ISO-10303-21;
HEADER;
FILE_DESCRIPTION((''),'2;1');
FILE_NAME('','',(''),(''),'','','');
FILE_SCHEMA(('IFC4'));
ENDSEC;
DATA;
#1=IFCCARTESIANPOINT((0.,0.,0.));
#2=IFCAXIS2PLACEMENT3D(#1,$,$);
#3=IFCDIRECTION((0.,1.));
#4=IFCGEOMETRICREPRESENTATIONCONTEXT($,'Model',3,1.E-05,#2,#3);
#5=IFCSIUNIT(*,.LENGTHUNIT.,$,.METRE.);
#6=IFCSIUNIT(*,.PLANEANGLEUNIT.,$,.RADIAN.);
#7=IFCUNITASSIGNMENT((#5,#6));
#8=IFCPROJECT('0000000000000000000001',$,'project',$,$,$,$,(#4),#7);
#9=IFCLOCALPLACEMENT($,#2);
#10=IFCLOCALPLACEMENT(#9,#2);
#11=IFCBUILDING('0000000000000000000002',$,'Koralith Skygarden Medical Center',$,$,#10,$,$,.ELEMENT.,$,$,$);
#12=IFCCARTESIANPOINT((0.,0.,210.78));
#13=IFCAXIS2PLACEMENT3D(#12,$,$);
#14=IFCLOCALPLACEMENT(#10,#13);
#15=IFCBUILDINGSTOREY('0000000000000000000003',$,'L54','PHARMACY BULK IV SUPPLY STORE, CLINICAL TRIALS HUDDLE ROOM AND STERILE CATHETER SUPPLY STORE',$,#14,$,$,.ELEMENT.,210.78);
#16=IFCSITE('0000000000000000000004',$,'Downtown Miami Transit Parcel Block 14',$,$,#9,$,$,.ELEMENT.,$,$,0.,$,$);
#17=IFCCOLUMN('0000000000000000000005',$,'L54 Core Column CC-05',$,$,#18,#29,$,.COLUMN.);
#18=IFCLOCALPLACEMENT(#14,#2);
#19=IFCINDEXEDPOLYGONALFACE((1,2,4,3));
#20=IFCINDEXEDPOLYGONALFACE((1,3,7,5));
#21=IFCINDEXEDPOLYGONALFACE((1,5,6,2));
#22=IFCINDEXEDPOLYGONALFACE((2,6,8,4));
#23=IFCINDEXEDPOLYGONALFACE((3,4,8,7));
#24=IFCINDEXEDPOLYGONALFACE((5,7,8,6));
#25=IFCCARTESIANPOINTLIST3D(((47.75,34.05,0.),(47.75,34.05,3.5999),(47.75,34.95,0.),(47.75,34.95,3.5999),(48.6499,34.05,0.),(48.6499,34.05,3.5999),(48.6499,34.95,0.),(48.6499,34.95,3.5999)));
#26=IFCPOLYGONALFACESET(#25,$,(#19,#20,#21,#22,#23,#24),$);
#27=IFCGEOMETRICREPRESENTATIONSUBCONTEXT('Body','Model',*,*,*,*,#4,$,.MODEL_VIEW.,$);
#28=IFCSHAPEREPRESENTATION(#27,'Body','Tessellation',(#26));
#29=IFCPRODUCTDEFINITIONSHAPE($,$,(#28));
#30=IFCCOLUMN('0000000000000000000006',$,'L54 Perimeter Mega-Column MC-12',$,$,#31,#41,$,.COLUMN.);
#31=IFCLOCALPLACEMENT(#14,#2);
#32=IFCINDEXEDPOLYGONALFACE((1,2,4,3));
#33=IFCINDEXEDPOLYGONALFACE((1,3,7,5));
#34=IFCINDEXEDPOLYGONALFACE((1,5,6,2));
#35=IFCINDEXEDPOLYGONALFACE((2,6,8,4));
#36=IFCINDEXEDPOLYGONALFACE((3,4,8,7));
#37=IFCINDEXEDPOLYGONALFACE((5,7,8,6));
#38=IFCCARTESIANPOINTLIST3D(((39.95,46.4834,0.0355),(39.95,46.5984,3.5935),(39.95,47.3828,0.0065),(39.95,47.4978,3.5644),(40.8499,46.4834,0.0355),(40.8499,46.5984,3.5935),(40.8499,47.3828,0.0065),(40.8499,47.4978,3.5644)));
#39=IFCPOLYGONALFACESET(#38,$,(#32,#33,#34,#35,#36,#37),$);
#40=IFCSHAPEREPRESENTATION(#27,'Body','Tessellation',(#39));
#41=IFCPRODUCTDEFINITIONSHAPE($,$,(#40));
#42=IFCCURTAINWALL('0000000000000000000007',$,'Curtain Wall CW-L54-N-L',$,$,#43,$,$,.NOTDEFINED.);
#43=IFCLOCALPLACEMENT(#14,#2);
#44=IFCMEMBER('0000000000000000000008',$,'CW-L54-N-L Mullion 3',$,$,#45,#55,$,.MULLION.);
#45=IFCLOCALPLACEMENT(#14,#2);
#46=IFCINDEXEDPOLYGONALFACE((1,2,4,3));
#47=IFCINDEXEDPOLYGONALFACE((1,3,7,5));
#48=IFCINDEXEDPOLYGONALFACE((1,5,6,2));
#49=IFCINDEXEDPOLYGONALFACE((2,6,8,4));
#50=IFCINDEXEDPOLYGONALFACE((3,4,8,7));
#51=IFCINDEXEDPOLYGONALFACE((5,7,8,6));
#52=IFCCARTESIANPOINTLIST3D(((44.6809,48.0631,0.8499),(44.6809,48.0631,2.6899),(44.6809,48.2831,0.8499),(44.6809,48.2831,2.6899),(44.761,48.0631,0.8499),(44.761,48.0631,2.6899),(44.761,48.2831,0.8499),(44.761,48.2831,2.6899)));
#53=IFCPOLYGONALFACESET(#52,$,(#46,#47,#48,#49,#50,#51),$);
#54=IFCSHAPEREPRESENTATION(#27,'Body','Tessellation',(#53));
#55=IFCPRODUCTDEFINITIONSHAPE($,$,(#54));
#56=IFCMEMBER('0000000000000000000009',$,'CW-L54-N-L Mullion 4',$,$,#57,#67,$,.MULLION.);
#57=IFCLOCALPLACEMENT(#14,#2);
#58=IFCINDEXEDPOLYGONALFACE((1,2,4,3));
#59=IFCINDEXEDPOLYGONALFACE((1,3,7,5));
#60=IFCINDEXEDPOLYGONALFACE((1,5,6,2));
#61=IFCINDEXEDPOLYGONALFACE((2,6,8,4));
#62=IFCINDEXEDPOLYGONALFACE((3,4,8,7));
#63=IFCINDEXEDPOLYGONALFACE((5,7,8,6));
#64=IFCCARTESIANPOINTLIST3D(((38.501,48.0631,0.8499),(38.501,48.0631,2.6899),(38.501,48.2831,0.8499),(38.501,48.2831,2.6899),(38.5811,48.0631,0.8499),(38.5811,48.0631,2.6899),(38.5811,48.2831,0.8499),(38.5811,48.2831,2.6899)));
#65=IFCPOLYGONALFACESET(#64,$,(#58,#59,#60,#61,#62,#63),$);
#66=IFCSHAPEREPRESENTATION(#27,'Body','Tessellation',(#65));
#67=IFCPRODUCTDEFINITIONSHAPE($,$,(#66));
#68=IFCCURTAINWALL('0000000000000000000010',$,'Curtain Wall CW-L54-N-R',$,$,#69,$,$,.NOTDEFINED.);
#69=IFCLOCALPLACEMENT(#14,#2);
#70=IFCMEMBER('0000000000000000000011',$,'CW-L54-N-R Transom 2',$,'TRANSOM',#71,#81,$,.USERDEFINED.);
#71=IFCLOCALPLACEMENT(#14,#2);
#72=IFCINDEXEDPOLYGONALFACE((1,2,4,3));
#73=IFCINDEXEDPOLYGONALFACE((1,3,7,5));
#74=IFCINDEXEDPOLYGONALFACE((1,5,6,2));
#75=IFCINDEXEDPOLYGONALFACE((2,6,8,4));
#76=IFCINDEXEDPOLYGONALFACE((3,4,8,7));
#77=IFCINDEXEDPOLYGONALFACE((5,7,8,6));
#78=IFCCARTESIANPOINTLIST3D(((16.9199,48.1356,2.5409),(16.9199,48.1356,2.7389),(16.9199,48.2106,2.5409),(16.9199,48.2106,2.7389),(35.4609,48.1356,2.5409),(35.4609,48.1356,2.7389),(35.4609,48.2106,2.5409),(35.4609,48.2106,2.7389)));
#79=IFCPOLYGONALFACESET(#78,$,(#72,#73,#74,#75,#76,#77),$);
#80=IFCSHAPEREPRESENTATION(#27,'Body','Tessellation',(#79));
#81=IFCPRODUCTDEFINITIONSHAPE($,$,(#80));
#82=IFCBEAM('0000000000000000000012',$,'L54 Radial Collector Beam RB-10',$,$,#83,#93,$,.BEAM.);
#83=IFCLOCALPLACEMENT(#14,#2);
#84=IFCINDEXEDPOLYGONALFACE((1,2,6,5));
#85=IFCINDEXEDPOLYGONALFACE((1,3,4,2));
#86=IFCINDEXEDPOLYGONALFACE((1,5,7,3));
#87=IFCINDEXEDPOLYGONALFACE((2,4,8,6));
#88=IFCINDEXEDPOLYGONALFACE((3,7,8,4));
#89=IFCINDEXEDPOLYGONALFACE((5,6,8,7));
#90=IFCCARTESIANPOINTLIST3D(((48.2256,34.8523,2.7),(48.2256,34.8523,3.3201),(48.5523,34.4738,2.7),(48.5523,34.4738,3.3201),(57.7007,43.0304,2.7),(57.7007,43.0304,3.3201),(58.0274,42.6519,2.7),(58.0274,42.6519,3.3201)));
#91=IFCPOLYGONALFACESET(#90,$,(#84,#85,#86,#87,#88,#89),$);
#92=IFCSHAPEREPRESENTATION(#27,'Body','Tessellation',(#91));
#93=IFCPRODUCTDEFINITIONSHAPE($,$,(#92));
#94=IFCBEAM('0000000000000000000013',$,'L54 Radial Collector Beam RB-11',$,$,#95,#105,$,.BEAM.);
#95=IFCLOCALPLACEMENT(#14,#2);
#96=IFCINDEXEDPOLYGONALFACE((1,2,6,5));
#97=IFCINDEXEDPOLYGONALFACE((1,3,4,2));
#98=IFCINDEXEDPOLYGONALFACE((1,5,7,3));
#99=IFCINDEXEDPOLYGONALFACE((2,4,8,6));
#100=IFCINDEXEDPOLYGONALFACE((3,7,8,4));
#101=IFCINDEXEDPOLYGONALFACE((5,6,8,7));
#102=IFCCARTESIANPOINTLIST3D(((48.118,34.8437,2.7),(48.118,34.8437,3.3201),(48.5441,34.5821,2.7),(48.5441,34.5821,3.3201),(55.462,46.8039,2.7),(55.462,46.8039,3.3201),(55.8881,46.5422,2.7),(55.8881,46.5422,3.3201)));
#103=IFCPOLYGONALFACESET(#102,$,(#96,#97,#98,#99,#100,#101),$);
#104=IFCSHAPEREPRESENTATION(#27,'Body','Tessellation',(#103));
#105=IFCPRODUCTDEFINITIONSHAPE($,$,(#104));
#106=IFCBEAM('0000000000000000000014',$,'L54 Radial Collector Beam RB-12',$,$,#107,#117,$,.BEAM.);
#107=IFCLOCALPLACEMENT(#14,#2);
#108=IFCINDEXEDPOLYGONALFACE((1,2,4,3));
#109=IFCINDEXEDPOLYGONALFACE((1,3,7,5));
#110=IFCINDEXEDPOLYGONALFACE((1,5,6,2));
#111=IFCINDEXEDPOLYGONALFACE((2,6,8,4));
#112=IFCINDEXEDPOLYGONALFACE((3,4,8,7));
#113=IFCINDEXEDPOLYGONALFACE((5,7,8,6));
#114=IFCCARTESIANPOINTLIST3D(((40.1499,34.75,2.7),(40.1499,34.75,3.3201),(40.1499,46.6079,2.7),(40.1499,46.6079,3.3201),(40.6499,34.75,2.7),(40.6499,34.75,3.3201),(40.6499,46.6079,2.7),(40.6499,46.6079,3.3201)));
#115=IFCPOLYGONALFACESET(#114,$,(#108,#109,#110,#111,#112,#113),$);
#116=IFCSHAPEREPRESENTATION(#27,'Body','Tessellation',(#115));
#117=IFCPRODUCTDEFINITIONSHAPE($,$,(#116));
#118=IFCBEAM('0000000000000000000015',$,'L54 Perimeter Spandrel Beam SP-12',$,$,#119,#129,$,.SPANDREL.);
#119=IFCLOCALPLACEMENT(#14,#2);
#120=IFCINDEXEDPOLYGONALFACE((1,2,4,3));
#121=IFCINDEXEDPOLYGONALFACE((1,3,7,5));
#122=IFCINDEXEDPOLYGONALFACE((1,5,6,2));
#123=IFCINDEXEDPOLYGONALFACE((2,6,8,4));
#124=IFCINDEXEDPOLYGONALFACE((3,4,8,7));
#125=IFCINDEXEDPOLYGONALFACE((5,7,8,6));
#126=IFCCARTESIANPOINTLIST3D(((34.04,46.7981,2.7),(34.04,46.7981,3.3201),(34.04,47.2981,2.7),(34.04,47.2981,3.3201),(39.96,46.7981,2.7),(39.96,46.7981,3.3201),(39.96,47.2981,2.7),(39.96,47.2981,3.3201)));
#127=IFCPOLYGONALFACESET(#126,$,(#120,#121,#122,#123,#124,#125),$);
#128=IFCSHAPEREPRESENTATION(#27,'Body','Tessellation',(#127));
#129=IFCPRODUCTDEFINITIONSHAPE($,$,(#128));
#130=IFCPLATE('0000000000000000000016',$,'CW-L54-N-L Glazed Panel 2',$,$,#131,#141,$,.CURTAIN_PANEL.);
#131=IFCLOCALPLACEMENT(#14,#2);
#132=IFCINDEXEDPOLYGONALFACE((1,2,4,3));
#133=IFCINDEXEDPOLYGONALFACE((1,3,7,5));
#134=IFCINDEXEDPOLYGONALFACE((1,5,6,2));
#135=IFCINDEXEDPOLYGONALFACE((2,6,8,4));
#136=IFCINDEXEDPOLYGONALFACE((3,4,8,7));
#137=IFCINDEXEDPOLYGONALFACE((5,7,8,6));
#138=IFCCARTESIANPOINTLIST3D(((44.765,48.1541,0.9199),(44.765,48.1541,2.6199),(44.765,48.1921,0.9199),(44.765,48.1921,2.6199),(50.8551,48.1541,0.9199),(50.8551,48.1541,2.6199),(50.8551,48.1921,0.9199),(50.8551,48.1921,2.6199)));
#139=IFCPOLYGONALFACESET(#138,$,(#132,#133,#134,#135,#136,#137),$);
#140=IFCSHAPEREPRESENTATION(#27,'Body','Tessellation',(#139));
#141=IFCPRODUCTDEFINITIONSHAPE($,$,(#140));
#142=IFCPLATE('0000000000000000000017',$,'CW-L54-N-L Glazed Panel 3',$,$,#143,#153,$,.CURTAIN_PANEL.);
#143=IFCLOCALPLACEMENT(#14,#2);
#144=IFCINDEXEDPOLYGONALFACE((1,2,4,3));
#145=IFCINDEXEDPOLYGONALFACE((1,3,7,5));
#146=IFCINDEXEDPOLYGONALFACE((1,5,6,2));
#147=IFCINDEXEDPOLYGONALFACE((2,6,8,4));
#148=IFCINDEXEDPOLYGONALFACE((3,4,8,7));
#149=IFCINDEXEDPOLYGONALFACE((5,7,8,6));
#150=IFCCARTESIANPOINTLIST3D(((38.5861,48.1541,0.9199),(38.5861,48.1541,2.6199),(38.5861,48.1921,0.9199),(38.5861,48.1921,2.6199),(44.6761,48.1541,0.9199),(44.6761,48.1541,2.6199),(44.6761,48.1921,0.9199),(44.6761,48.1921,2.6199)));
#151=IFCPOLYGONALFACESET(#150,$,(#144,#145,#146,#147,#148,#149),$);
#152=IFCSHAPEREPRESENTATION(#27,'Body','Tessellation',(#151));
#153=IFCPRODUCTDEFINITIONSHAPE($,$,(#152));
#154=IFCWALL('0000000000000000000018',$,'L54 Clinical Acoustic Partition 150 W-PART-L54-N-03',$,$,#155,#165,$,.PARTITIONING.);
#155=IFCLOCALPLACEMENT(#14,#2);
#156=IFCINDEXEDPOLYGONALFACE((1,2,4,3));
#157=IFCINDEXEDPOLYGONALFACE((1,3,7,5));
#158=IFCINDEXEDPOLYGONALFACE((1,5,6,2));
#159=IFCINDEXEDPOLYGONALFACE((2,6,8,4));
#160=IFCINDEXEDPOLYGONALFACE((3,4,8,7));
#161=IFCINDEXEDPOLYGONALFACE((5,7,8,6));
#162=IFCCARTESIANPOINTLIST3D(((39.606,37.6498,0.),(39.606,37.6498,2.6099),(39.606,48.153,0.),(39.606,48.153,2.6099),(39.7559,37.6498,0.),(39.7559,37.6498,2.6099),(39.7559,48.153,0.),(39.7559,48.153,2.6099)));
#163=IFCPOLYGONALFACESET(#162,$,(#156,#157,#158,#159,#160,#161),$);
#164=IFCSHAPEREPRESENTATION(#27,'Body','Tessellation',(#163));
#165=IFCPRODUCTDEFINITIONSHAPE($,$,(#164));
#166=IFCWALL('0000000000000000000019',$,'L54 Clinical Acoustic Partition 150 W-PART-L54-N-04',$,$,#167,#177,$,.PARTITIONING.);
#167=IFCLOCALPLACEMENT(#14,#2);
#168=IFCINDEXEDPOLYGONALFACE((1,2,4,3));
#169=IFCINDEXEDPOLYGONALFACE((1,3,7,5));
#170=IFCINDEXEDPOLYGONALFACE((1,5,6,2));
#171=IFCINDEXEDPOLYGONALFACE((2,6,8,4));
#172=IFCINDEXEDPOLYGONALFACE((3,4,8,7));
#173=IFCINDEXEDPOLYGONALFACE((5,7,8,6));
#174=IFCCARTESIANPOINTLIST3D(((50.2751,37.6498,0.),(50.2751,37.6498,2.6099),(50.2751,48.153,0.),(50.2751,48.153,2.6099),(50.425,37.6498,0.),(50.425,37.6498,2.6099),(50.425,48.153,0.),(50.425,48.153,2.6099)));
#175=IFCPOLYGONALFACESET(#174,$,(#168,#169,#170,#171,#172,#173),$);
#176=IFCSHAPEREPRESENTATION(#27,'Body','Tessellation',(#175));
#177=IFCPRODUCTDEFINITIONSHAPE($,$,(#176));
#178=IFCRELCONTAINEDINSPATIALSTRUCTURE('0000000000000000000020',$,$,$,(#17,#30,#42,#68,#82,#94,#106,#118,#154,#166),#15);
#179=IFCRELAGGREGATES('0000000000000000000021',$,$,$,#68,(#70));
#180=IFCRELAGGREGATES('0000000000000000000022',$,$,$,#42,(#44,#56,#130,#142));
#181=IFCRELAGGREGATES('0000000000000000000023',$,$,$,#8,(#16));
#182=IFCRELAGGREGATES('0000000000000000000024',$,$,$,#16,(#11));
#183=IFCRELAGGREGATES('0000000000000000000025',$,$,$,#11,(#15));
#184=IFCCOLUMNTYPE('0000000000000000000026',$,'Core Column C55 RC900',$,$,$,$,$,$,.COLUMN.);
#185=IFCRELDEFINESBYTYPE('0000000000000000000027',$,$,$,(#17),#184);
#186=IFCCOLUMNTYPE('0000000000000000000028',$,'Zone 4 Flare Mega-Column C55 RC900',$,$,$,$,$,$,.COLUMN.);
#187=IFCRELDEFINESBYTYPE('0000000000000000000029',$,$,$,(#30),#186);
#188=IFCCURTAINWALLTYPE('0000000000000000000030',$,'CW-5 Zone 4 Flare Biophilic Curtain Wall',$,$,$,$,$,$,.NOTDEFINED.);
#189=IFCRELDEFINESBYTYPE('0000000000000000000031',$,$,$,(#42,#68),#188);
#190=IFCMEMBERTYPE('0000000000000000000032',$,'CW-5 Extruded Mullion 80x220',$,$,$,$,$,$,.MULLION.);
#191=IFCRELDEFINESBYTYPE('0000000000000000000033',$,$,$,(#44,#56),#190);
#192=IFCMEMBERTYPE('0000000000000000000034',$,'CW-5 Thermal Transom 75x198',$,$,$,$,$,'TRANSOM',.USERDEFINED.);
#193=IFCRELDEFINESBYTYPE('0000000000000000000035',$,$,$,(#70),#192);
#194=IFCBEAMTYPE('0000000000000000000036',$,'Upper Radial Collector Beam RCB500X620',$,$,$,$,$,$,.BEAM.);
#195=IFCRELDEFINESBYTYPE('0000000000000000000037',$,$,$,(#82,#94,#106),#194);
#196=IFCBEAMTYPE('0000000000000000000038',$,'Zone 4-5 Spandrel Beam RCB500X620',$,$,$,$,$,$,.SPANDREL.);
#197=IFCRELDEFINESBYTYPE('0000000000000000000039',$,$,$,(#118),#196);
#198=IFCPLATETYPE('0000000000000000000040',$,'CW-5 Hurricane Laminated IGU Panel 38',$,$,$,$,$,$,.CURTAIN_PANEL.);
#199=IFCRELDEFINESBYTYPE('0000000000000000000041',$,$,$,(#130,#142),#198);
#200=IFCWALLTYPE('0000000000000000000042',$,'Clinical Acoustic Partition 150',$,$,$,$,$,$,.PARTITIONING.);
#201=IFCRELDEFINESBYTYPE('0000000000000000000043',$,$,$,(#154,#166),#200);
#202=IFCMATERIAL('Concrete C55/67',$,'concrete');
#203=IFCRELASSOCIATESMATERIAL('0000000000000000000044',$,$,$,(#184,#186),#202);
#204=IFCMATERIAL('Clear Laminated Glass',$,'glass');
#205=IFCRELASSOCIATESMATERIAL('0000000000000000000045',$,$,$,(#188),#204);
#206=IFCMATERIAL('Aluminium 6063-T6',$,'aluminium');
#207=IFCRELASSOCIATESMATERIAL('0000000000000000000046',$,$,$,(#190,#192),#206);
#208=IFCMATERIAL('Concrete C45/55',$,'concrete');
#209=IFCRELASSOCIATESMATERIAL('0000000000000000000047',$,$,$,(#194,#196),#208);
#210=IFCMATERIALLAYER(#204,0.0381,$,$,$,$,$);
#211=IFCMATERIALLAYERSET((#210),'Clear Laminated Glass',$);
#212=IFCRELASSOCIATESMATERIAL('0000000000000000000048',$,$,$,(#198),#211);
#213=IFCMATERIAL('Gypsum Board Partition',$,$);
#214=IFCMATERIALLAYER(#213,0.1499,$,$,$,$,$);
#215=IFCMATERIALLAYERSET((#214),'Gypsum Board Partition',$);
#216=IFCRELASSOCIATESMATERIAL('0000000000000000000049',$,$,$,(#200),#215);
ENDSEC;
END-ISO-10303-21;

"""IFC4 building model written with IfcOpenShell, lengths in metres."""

from ifc_helpers import new_model, si_unit, direction, frame, frame_2d, origin, origin_2d, place, context, subcontext, project, spatial, rectangle, extrude, material, layer, layer_set, material_profile, profile_set, type_object, element, aggregate, save


model = new_model("IFC4")

# Units and contexts
model_context = context("Model", 3, precision=1e-05, world=origin(), true_north=direction((0.0, 1.0)))
body_context = subcontext(model_context, "Body", "Model", "MODEL_VIEW")
ifc_project = project(units=[si_unit("LENGTHUNIT", "METRE"), si_unit("PLANEANGLEUNIT", "RADIAN")], contexts=[model_context])

# Site, building, storey
site_placement = place(None, origin())
site = spatial("IfcSite", under=ifc_project, at=site_placement, Name="Downtown Miami Transit Parcel Block 14", CompositionType="ELEMENT", RefElevation=0.0)
building_placement = place(site_placement, origin())
building = spatial("IfcBuilding", under=site, at=building_placement, Name="Koralith Skygarden Medical Center", CompositionType="ELEMENT")
storey_placement = place(building_placement, frame((0.0, 0.0, 210.78)))
storey = spatial("IfcBuildingStorey", under=building, at=storey_placement, Name="L54", Description="PHARMACY BULK IV SUPPLY STORE, CLINICAL TRIALS HUDDLE ROOM AND STERILE CATHETER SUPPLY STORE", CompositionType="ELEMENT", Elevation=210.78)

# Columns
ifc_material_1 = material(Name="Concrete C55/67", Category="concrete")
ifc_material_profile_1 = material_profile(ifc_material_1, rectangle(XDim=0.8999, YDim=0.8999, at=origin_2d()), Name="RC900X900")
ifc_profile_set_1 = profile_set([ifc_material_profile_1], Name="Concrete C55/67")
column_type_1 = type_object("IfcColumnType", Name="Core Column C55 RC900", PredefinedType="COLUMN", material=ifc_profile_set_1)
column_1_placement = place(storey_placement, frame((48.2, 34.5, 0.0), z_axis=(0.0, 0.0, 1.0), x_axis=(1.0, 0.0, 0.0)))
element("IfcColumn", 1, at=column_1_placement, inside=storey, type_object=column_type_1, Name="L54 Core Column CC-05", PredefinedType="COLUMN", context=body_context, shape_type="SweptSolid", body=[
    extrude(rectangle(XDim=0.8999, YDim=0.8999, at=origin_2d()), origin(), (0.0, 0.0, 1.0), 3.5999),
])
ifc_material_profile_2 = material_profile(ifc_material_1, rectangle(XDim=0.8999, YDim=0.8999, at=origin_2d()), Name="RC900X900")
ifc_profile_set_2 = profile_set([ifc_material_profile_2], Name="Concrete C55/67")
column_type_2 = type_object("IfcColumnType", Name="Zone 4 Flare Mega-Column C55 RC900", PredefinedType="COLUMN", material=ifc_profile_set_2)
column_2_placement = place(storey_placement, frame((40.3999, 46.9331, 0.021), z_axis=(0.0, 0.032303, 0.999478), x_axis=(-1.0, 0.0, 0.0)))
element("IfcColumn", 2, at=column_2_placement, inside=storey, type_object=column_type_2, Name="L54 Perimeter Mega-Column MC-12", PredefinedType="COLUMN", context=body_context, shape_type="SweptSolid", body=[
    extrude(rectangle(XDim=0.8999, YDim=0.8999, at=origin_2d()), origin(), (0.0, 0.0, 1.0), 3.5598),
])

# Curtain wall, members
ifc_material_2 = material(Name="Clear Laminated Glass", Category="glass")
curtain_wall_type = type_object("IfcCurtainWallType", Name="CW-5 Zone 4 Flare Biophilic Curtain Wall", PredefinedType="NOTDEFINED", material=ifc_material_2)
curtain_wall_1_placement = place(storey_placement, origin())
curtain_wall_1 = element("IfcCurtainWall", 3, at=curtain_wall_1_placement, inside=storey, type_object=curtain_wall_type, Name="Curtain Wall CW-L54-N-L", PredefinedType="NOTDEFINED")
ifc_material_3 = material(Name="Aluminium 6063-T6", Category="aluminium")
ifc_material_profile_3 = material_profile(ifc_material_3, rectangle(XDim=0.0801, YDim=0.22, at=origin_2d()), Name="MUL80X220")
ifc_profile_set_3 = profile_set([ifc_material_profile_3], Name="Aluminium 6063-T6")
member_type_1 = type_object("IfcMemberType", Name="CW-5 Extruded Mullion 80x220", PredefinedType="MULLION", material=ifc_profile_set_3)
member_1_placement = place(storey_placement, frame((44.7209, 48.1731, 0.8499), z_axis=(0.0, 0.0, 1.0), x_axis=(1.0, 0.0, 0.0)))
member_1 = element("IfcMember", 4, at=member_1_placement, type_object=member_type_1, Name="CW-L54-N-L Mullion 3", PredefinedType="MULLION", context=body_context, shape_type="SweptSolid", body=[
    extrude(rectangle(XDim=0.0801, YDim=0.22, at=origin_2d()), origin(), (0.0, 0.0, 1.0), 1.8401),
])
member_2_placement = place(storey_placement, frame((38.541, 48.1731, 0.8499), z_axis=(0.0, 0.0, 1.0), x_axis=(1.0, 0.0, 0.0)))
member_2 = element("IfcMember", 5, at=member_2_placement, type_object=member_type_1, Name="CW-L54-N-L Mullion 4", PredefinedType="MULLION", context=body_context, shape_type="SweptSolid", body=[
    extrude(rectangle(XDim=0.0801, YDim=0.22, at=origin_2d()), origin(), (0.0, 0.0, 1.0), 1.8401),
])

# Curtain wall, member
curtain_wall_2_placement = place(storey_placement, origin())
curtain_wall_2 = element("IfcCurtainWall", 6, at=curtain_wall_2_placement, inside=storey, type_object=curtain_wall_type, Name="Curtain Wall CW-L54-N-R", PredefinedType="NOTDEFINED")
ifc_material_profile_4 = material_profile(ifc_material_3, rectangle(XDim=0.075, YDim=0.198, at=origin_2d()), Name="TRN75X198")
ifc_profile_set_4 = profile_set([ifc_material_profile_4], Name="Aluminium 6063-T6")
member_type_2 = type_object("IfcMemberType", Name="CW-5 Thermal Transom 75x198", ElementType="TRANSOM", PredefinedType="USERDEFINED", material=ifc_profile_set_4)
member_3_placement = place(storey_placement, frame((35.4609, 48.1731, 2.6399), z_axis=(-1.0, 0.0, 0.0), x_axis=(0.0, -1.0, 0.0)))
member_3 = element("IfcMember", 7, at=member_3_placement, type_object=member_type_2, Name="CW-L54-N-R Transom 2", ObjectType="TRANSOM", PredefinedType="USERDEFINED", context=body_context, shape_type="SweptSolid", body=[
    extrude(rectangle(XDim=0.075, YDim=0.198, at=origin_2d()), origin(), (0.0, 0.0, 1.0), 18.541),
])
aggregate(curtain_wall_2, [member_3])

# Beams
ifc_material_4 = material(Name="Concrete C45/55", Category="concrete")
ifc_material_profile_5 = material_profile(ifc_material_4, rectangle(XDim=0.5, YDim=0.6201, at=origin_2d()), Name="RCB500X620")
ifc_profile_set_5 = profile_set([ifc_material_profile_5], Name="Concrete C45/55")
beam_type_1 = type_object("IfcBeamType", Name="Upper Radial Collector Beam RCB500X620", PredefinedType="BEAM", material=ifc_profile_set_5)
beam_1_placement = place(storey_placement, frame((48.3889, 34.6631, 3.01), z_axis=(0.757023, 0.653388, 0.0), x_axis=(-0.653388, 0.757023, 0.0)))
element("IfcBeam", 8, at=beam_1_placement, inside=storey, type_object=beam_type_1, Name="L54 Radial Collector Beam RB-10", PredefinedType="BEAM", context=body_context, shape_type="SweptSolid", body=[
    extrude(rectangle(XDim=0.5, YDim=0.6201, at=origin_2d()), origin(), (0.0, 0.0, 1.0), 12.5164),
])
beam_2_placement = place(storey_placement, frame((48.3311, 34.7129, 3.01), z_axis=(0.523263, 0.852171, 0.0), x_axis=(-0.852171, 0.523263, 0.0)))
element("IfcBeam", 9, at=beam_2_placement, inside=storey, type_object=beam_type_1, Name="L54 Radial Collector Beam RB-11", PredefinedType="BEAM", context=body_context, shape_type="SweptSolid", body=[
    extrude(rectangle(XDim=0.5, YDim=0.6201, at=origin_2d()), origin(), (0.0, 0.0, 1.0), 14.0349),
])
beam_3_placement = place(storey_placement, frame((40.3999, 34.75, 3.01), z_axis=(0.0, 1.0, 0.0), x_axis=(-1.0, 0.0, 0.0)))
element("IfcBeam", 10, at=beam_3_placement, inside=storey, type_object=beam_type_1, Name="L54 Radial Collector Beam RB-12", PredefinedType="BEAM", context=body_context, shape_type="SweptSolid", body=[
    extrude(rectangle(XDim=0.5, YDim=0.6201, at=origin_2d()), origin(), (0.0, 0.0, 1.0), 11.8579),
])
ifc_material_profile_6 = material_profile(ifc_material_4, rectangle(XDim=0.5, YDim=0.6201, at=origin_2d()), Name="RCB500X620")
ifc_profile_set_6 = profile_set([ifc_material_profile_6], Name="Concrete C45/55")
beam_type_2 = type_object("IfcBeamType", Name="Zone 4-5 Spandrel Beam RCB500X620", PredefinedType="SPANDREL", material=ifc_profile_set_6)
beam_4_placement = place(storey_placement, frame((39.96, 47.0481, 3.01), z_axis=(-1.0, 0.0, 0.0), x_axis=(0.0, -1.0, 0.0)))
element("IfcBeam", 11, at=beam_4_placement, inside=storey, type_object=beam_type_2, Name="L54 Perimeter Spandrel Beam SP-12", PredefinedType="SPANDREL", context=body_context, shape_type="SweptSolid", body=[
    extrude(rectangle(XDim=0.5, YDim=0.6201, at=origin_2d()), origin(), (0.0, 0.0, 1.0), 5.9199),
])

# Plates
ifc_layer_1 = layer(ifc_material_2, 0.0381)
ifc_layer_set_1 = layer_set([ifc_layer_1], Name="Clear Laminated Glass")
plate_type = type_object("IfcPlateType", Name="CW-5 Hurricane Laminated IGU Panel 38", PredefinedType="CURTAIN_PANEL", material=ifc_layer_set_1)
plate_1_placement = place(storey_placement, frame((47.8101, 48.1731, 0.9199), z_axis=(0.0, 0.0, 1.0), x_axis=(-1.0, 0.0, 0.0)))
plate_1 = element("IfcPlate", 12, at=plate_1_placement, type_object=plate_type, Name="CW-L54-N-L Glazed Panel 2", PredefinedType="CURTAIN_PANEL", context=body_context, shape_type="SweptSolid", body=[
    extrude(rectangle(XDim=6.0901, YDim=0.0381, at=origin_2d()), origin(), (0.0, 0.0, 1.0), 1.7),
])
plate_2_placement = place(storey_placement, frame((41.6311, 48.1731, 0.9199), z_axis=(0.0, 0.0, 1.0), x_axis=(-1.0, 0.0, 0.0)))
plate_2 = element("IfcPlate", 13, at=plate_2_placement, type_object=plate_type, Name="CW-L54-N-L Glazed Panel 3", PredefinedType="CURTAIN_PANEL", context=body_context, shape_type="SweptSolid", body=[
    extrude(rectangle(XDim=6.0901, YDim=0.0381, at=origin_2d()), origin(), (0.0, 0.0, 1.0), 1.7),
])
aggregate(curtain_wall_1, [member_1, member_2, plate_1, plate_2])

# Walls
ifc_material_5 = material(Name="Gypsum Board Partition")
ifc_layer_2 = layer(ifc_material_5, 0.1499)
ifc_layer_set_2 = layer_set([ifc_layer_2], Name="Gypsum Board Partition")
wall_type_1 = type_object("IfcWallType", Name="Clinical Acoustic Partition 150", PredefinedType="PARTITIONING", material=ifc_layer_set_2)
for number, where, z_axis, x_axis, name in (
    (14, (39.6809, 37.6499, 0.0), (0.0, 0.0, 1.0), (0.0, 1.0, 0.0), "L54 Clinical Acoustic Partition 150 W-PART-L54-N-03"),
    (15, (50.3501, 37.6499, 0.0), (0.0, 0.0, 1.0), (0.0, 1.0, 0.0), "L54 Clinical Acoustic Partition 150 W-PART-L54-N-04"),
):
    element("IfcWall", number, at=place(storey_placement, frame(where, z_axis=z_axis, x_axis=x_axis)), inside=storey, type_object=wall_type_1, Name=name, PredefinedType="PARTITIONING", context=body_context, shape_type="SweptSolid", body=[
        extrude(rectangle(XDim=10.5032, YDim=0.1499, at=frame_2d((5.2515, 0.0))), origin(), (0.0, 0.0, 1.0), 2.6099),
    ])

save(model, "model.ifc")
